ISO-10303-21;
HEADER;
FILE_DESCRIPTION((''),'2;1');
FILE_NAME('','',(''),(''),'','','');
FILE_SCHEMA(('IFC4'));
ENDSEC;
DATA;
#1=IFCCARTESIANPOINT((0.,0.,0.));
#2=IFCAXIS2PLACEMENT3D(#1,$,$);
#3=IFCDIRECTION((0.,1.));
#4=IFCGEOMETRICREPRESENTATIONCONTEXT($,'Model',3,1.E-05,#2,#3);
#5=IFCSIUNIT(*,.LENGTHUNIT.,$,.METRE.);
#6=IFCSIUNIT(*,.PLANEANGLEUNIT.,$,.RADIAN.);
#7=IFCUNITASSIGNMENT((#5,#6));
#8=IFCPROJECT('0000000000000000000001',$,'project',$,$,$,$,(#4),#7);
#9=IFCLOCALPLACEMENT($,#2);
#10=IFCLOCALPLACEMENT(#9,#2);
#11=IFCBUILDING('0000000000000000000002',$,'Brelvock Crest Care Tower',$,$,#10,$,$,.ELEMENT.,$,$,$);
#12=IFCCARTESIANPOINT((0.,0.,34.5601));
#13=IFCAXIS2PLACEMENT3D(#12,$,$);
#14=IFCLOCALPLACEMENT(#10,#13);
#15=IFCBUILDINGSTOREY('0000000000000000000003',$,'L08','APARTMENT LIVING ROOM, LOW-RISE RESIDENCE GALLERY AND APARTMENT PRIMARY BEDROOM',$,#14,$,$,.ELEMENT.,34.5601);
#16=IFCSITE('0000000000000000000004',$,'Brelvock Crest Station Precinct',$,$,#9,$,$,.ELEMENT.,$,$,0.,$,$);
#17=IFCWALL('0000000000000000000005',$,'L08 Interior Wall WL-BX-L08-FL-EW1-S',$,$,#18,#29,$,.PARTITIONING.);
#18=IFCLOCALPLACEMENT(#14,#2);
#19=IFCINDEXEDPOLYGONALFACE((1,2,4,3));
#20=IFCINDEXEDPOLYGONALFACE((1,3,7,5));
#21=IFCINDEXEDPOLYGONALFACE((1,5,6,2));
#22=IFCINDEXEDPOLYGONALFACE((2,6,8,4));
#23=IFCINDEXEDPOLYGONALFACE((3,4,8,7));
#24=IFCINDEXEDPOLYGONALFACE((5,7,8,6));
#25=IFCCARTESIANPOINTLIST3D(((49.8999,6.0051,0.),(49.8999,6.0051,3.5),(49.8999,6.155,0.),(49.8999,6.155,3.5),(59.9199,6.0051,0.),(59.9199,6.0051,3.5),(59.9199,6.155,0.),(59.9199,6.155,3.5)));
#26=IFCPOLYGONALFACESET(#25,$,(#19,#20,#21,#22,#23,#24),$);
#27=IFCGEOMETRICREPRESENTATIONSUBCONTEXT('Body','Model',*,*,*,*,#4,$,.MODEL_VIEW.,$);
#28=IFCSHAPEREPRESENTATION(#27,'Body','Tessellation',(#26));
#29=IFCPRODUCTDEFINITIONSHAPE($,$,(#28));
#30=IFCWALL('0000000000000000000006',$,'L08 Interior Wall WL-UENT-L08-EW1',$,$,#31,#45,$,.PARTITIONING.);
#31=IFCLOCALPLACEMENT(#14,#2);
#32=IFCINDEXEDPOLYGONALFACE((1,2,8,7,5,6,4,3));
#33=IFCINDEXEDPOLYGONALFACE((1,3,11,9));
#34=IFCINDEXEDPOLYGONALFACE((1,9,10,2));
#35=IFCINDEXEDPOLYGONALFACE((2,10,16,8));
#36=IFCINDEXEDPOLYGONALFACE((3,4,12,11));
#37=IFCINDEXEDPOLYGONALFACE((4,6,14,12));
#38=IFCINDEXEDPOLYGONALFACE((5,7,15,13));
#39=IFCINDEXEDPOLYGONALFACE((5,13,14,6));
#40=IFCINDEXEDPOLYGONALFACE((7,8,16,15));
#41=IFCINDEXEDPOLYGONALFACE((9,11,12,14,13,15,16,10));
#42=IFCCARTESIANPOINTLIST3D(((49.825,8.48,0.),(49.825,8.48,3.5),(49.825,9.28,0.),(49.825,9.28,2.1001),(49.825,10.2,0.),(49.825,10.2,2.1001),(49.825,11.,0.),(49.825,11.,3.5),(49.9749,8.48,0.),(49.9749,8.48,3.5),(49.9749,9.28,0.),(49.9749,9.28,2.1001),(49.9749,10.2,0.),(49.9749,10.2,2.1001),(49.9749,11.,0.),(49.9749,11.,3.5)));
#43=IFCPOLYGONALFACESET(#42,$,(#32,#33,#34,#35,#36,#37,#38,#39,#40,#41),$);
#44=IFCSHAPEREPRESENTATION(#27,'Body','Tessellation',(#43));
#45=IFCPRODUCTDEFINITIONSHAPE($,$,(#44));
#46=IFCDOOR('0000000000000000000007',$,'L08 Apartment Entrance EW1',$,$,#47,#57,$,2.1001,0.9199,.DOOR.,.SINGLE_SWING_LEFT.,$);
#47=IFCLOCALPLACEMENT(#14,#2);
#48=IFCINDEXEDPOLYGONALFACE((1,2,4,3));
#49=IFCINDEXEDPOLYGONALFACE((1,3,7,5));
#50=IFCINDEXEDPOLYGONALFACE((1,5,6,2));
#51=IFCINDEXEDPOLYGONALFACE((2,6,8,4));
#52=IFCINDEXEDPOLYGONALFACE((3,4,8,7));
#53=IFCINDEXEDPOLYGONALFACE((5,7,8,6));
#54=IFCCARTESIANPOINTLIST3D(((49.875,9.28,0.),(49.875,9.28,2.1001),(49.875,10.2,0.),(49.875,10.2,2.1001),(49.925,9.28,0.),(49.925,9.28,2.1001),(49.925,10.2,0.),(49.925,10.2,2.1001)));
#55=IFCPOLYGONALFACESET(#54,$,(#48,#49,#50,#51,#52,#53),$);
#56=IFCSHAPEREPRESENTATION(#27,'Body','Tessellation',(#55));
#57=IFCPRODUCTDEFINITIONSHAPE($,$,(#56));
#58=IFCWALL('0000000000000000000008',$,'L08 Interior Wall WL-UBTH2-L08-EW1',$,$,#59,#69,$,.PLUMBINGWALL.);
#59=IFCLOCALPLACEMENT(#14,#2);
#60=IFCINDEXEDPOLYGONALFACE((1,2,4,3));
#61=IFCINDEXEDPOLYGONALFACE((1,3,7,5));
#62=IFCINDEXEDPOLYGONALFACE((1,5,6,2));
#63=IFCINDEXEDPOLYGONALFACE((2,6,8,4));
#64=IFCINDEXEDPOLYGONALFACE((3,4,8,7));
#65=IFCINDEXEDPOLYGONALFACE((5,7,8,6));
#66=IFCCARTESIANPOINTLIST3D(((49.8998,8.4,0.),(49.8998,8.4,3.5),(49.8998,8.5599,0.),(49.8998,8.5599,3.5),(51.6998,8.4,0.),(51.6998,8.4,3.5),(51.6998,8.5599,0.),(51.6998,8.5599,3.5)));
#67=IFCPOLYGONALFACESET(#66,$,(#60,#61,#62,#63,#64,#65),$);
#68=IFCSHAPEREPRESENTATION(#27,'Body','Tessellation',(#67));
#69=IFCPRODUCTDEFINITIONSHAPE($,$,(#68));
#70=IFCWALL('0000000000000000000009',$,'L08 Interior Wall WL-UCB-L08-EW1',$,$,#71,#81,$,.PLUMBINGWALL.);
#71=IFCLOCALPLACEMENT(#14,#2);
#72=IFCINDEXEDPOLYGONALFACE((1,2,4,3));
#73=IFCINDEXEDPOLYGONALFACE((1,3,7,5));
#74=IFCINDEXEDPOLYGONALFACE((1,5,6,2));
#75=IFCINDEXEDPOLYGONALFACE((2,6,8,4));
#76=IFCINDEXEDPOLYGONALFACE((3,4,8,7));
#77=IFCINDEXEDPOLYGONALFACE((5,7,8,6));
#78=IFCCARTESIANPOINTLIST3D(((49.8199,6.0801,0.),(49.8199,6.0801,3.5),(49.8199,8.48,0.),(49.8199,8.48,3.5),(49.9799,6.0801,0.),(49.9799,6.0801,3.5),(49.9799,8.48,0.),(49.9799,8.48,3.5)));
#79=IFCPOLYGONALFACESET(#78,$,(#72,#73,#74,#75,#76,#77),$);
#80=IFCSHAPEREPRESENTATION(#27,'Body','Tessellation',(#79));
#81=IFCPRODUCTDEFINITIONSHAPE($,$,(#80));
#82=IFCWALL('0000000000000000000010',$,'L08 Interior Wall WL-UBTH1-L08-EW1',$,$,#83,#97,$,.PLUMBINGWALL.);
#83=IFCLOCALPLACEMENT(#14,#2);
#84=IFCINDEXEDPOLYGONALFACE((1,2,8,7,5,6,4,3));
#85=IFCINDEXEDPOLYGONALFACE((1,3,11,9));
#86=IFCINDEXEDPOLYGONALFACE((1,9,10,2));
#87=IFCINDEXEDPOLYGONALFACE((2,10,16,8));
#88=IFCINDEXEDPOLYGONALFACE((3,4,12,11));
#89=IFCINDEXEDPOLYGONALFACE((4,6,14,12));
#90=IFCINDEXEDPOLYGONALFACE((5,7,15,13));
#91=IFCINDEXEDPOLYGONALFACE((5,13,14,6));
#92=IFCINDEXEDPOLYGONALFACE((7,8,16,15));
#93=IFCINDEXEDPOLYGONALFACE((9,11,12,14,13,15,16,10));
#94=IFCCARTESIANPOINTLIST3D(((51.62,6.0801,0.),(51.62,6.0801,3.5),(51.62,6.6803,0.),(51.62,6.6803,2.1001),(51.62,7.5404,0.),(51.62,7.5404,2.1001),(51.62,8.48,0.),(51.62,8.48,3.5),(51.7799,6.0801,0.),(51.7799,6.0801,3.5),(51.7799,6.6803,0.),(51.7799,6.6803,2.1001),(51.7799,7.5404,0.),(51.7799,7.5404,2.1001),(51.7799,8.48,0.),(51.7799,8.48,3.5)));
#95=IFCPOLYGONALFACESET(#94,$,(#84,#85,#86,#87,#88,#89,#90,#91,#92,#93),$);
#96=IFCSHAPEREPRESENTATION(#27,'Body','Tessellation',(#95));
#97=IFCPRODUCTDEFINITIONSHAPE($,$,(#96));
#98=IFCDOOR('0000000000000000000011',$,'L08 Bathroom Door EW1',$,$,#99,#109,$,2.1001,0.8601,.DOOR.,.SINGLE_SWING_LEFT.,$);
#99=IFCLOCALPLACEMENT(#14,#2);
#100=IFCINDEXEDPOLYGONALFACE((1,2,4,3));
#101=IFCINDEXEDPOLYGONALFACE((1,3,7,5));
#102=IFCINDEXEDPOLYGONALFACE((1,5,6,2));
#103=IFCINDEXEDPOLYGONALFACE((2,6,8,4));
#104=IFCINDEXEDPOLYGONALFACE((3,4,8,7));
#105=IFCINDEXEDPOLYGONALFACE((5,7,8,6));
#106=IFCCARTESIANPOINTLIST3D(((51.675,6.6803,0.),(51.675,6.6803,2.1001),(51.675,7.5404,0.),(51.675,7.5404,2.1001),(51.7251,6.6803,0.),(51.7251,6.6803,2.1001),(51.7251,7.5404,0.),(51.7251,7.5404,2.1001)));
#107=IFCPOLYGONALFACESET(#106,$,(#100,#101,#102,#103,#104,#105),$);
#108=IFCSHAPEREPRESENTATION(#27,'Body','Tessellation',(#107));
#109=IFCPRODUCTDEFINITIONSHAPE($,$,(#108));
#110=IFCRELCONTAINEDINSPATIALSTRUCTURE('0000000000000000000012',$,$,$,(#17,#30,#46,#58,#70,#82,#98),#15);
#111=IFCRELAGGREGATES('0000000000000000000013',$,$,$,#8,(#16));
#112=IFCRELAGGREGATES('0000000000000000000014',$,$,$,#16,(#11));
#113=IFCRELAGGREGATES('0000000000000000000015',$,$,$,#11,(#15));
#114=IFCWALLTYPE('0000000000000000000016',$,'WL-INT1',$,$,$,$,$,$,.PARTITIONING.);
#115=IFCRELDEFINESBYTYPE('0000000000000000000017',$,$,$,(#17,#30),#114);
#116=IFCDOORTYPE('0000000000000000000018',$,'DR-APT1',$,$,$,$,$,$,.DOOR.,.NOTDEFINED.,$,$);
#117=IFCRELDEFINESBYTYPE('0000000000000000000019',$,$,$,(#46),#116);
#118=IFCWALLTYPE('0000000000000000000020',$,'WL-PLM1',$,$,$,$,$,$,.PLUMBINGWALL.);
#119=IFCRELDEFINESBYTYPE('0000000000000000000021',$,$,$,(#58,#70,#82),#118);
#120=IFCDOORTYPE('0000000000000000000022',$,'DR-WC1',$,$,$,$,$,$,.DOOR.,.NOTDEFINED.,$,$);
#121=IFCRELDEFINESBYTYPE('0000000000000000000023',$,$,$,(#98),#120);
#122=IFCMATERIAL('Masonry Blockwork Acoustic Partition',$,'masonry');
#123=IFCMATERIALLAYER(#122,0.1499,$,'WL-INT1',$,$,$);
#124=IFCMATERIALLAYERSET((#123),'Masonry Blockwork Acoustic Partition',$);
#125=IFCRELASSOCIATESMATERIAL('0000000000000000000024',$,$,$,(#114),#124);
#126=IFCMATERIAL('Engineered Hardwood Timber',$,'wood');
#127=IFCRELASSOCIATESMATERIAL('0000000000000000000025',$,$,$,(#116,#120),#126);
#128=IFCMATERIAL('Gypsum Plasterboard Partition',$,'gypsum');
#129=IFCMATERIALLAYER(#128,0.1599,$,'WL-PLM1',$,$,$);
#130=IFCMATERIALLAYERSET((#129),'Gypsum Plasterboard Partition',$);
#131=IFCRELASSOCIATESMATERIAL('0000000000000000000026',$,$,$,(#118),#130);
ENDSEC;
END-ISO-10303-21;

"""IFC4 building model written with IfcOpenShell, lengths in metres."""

from ifc_helpers import new_model, si_unit, direction, frame, frame_2d, origin, origin_2d, place, context, subcontext, project, spatial, rectangle, extrude, source, transform, mapped, material, layer, layer_set, type_object, element, fill, save


model = new_model("IFC4")

# Units and contexts
model_context = context("Model", 3, precision=1e-05, world=origin(), true_north=direction((0.0, 1.0)))
body_context = subcontext(model_context, "Body", "Model", "MODEL_VIEW")
ifc_project = project(units=[si_unit("LENGTHUNIT", "METRE"), si_unit("PLANEANGLEUNIT", "RADIAN")], contexts=[model_context])

# Site, building, storey
site_placement = place(None, origin())
site = spatial("IfcSite", under=ifc_project, at=site_placement, Name="Brelvock Crest Station Precinct", CompositionType="ELEMENT", RefElevation=0.0)
building_placement = place(site_placement, origin())
building = spatial("IfcBuilding", under=site, at=building_placement, Name="Brelvock Crest Care Tower", CompositionType="ELEMENT")
storey_placement = place(building_placement, frame((0.0, 0.0, 34.5601)))
storey = spatial("IfcBuildingStorey", under=building, at=storey_placement, Name="L08", Description="APARTMENT LIVING ROOM, LOW-RISE RESIDENCE GALLERY AND APARTMENT PRIMARY BEDROOM", CompositionType="ELEMENT", Elevation=34.5601)

# Wall
ifc_material_1 = material(Name="Masonry Blockwork Acoustic Partition", Category="masonry")
ifc_layer_1 = layer(ifc_material_1, 0.1499, Name="WL-INT1")
ifc_layer_set_1 = layer_set([ifc_layer_1], Name="Masonry Blockwork Acoustic Partition")
wall_type_1 = type_object("IfcWallType", Name="WL-INT1", PredefinedType="PARTITIONING", material=ifc_layer_set_1)
wall_1_placement = place(storey_placement, frame((49.8999, 6.0801, 0.0), z_axis=(0.0, 0.0, 1.0), x_axis=(1.0, 0.0, 0.0)))
element("IfcWall", 1, at=wall_1_placement, inside=storey, type_object=wall_type_1, Name="L08 Interior Wall WL-BX-L08-FL-EW1-S", PredefinedType="PARTITIONING", context=body_context, shape_type="SweptSolid", body=[
    extrude(rectangle(XDim=10.02, YDim=0.1499, at=frame_2d((5.01, 0.0))), origin(), (0.0, 0.0, 1.0), 3.5),
])

# Wall, opening, door
wall_2_placement = place(storey_placement, frame((49.8999, 8.48, 0.0), z_axis=(0.0, 0.0, 1.0), x_axis=(0.0, 1.0, 0.0)))
wall_2 = element("IfcWall", 2, at=wall_2_placement, inside=storey, type_object=wall_type_1, Name="L08 Interior Wall WL-UENT-L08-EW1", PredefinedType="PARTITIONING", context=body_context, shape_type="SweptSolid", body=[
    extrude(rectangle(XDim=2.52, YDim=0.1499, at=frame_2d((1.26, 0.0))), origin(), (0.0, 0.0, 1.0), 3.5),
])
opening_1_placement = place(wall_2_placement, frame((0.8, 0.0, 0.0)))
opening_1 = element("IfcOpeningElement", 3, at=opening_1_placement, cuts=wall_2, PredefinedType="OPENING", context=body_context, shape_type="SweptSolid", body=[
    extrude(rectangle(XDim=0.9199, YDim=2.1001, at=origin_2d()), frame((0.46, 0.085, 1.05), z_axis=(0.0, -1.0, 0.0), x_axis=(1.0, 0.0, 0.0)), (0.0, 0.0, 1.0), 0.1699),
])
ifc_material_2 = material(Name="Engineered Hardwood Timber", Category="wood")
door_type_1 = type_object("IfcDoorType", Name="DR-APT1", OperationType="NOTDEFINED", PredefinedType="DOOR", material=ifc_material_2)
shared_shape_1 = source(origin(), body_context, "Body", "SweptSolid", [
    extrude(rectangle(XDim=0.9199, YDim=2.1001, at=origin_2d()), frame((0.46, 0.0249, 1.05), z_axis=(0.0, -1.0, 0.0), x_axis=(1.0, 0.0, 0.0)), (0.0, 0.0, 1.0), 0.05),
])
door_1_placement = place(opening_1_placement, origin())
door_1 = element("IfcDoor", 4, at=door_1_placement, inside=storey, type_object=door_type_1, Name="L08 Apartment Entrance EW1", OperationType="SINGLE_SWING_LEFT", OverallHeight=2.1001, OverallWidth=0.9199, PredefinedType="DOOR", context=body_context, shape_type="MappedRepresentation", body=[
    mapped(shared_shape_1, transform((0.0, 0.0, 0.0), x_axis=(1.0, 0.0, 0.0), y_axis=(0.0, 1.0, 0.0), z_axis=(0.0, 0.0, 1.0), scale=1.0)),
])
fill(opening_1, door_1)

# Walls
ifc_material_3 = material(Name="Gypsum Plasterboard Partition", Category="gypsum")
ifc_layer_2 = layer(ifc_material_3, 0.1599, Name="WL-PLM1")
ifc_layer_set_2 = layer_set([ifc_layer_2], Name="Gypsum Plasterboard Partition")
wall_type_2 = type_object("IfcWallType", Name="WL-PLM1", PredefinedType="PLUMBINGWALL", material=ifc_layer_set_2)
wall_3_placement = place(storey_placement, frame((49.8999, 8.48, 0.0), z_axis=(0.0, 0.0, 1.0), x_axis=(1.0, 0.0, 0.0)))
element("IfcWall", 5, at=wall_3_placement, inside=storey, type_object=wall_type_2, Name="L08 Interior Wall WL-UBTH2-L08-EW1", PredefinedType="PLUMBINGWALL", context=body_context, shape_type="SweptSolid", body=[
    extrude(rectangle(XDim=1.8, YDim=0.1599, at=frame_2d((0.8999, 0.0))), origin(), (0.0, 0.0, 1.0), 3.5),
])
wall_4_placement = place(storey_placement, frame((49.8999, 6.0801, 0.0), z_axis=(0.0, 0.0, 1.0), x_axis=(0.0, 1.0, 0.0)))
element("IfcWall", 6, at=wall_4_placement, inside=storey, type_object=wall_type_2, Name="L08 Interior Wall WL-UCB-L08-EW1", PredefinedType="PLUMBINGWALL", context=body_context, shape_type="SweptSolid", body=[
    extrude(rectangle(XDim=2.3999, YDim=0.1599, at=frame_2d((1.2, 0.0))), origin(), (0.0, 0.0, 1.0), 3.5),
])

# Wall, opening, door
wall_5_placement = place(storey_placement, frame((51.7, 6.0801, 0.0), z_axis=(0.0, 0.0, 1.0), x_axis=(0.0, 1.0, 0.0)))
wall_5 = element("IfcWall", 7, at=wall_5_placement, inside=storey, type_object=wall_type_2, Name="L08 Interior Wall WL-UBTH1-L08-EW1", PredefinedType="PLUMBINGWALL", context=body_context, shape_type="SweptSolid", body=[
    extrude(rectangle(XDim=2.3999, YDim=0.1599, at=frame_2d((1.2, 0.0))), origin(), (0.0, 0.0, 1.0), 3.5),
])
opening_2_placement = place(wall_5_placement, frame((0.6001, 0.0, 0.0)))
opening_2 = element("IfcOpeningElement", 8, at=opening_2_placement, cuts=wall_5, PredefinedType="OPENING", context=body_context, shape_type="SweptSolid", body=[
    extrude(rectangle(XDim=0.8601, YDim=2.1001, at=origin_2d()), frame((0.4302, 0.0898, 1.05), z_axis=(0.0, -1.0, 0.0), x_axis=(1.0, 0.0, 0.0)), (0.0, 0.0, 1.0), 0.1799),
])
door_type_2 = type_object("IfcDoorType", Name="DR-WC1", OperationType="NOTDEFINED", PredefinedType="DOOR", material=ifc_material_2)
shared_shape_2 = source(origin(), body_context, "Body", "SweptSolid", [
    extrude(rectangle(XDim=0.8601, YDim=2.1001, at=origin_2d()), frame((0.4302, 0.0249, 1.05), z_axis=(0.0, -1.0, 0.0), x_axis=(1.0, 0.0, 0.0)), (0.0, 0.0, 1.0), 0.05),
])
door_2_placement = place(opening_2_placement, origin())
door_2 = element("IfcDoor", 9, at=door_2_placement, inside=storey, type_object=door_type_2, Name="L08 Bathroom Door EW1", OperationType="SINGLE_SWING_LEFT", OverallHeight=2.1001, OverallWidth=0.8601, PredefinedType="DOOR", context=body_context, shape_type="MappedRepresentation", body=[
    mapped(shared_shape_2, transform((0.0, 0.0, 0.0), x_axis=(1.0, 0.0, 0.0), y_axis=(0.0, 1.0, 0.0), z_axis=(0.0, 0.0, 1.0), scale=1.0)),
])
fill(opening_2, door_2)

save(model, "model.ifc")
